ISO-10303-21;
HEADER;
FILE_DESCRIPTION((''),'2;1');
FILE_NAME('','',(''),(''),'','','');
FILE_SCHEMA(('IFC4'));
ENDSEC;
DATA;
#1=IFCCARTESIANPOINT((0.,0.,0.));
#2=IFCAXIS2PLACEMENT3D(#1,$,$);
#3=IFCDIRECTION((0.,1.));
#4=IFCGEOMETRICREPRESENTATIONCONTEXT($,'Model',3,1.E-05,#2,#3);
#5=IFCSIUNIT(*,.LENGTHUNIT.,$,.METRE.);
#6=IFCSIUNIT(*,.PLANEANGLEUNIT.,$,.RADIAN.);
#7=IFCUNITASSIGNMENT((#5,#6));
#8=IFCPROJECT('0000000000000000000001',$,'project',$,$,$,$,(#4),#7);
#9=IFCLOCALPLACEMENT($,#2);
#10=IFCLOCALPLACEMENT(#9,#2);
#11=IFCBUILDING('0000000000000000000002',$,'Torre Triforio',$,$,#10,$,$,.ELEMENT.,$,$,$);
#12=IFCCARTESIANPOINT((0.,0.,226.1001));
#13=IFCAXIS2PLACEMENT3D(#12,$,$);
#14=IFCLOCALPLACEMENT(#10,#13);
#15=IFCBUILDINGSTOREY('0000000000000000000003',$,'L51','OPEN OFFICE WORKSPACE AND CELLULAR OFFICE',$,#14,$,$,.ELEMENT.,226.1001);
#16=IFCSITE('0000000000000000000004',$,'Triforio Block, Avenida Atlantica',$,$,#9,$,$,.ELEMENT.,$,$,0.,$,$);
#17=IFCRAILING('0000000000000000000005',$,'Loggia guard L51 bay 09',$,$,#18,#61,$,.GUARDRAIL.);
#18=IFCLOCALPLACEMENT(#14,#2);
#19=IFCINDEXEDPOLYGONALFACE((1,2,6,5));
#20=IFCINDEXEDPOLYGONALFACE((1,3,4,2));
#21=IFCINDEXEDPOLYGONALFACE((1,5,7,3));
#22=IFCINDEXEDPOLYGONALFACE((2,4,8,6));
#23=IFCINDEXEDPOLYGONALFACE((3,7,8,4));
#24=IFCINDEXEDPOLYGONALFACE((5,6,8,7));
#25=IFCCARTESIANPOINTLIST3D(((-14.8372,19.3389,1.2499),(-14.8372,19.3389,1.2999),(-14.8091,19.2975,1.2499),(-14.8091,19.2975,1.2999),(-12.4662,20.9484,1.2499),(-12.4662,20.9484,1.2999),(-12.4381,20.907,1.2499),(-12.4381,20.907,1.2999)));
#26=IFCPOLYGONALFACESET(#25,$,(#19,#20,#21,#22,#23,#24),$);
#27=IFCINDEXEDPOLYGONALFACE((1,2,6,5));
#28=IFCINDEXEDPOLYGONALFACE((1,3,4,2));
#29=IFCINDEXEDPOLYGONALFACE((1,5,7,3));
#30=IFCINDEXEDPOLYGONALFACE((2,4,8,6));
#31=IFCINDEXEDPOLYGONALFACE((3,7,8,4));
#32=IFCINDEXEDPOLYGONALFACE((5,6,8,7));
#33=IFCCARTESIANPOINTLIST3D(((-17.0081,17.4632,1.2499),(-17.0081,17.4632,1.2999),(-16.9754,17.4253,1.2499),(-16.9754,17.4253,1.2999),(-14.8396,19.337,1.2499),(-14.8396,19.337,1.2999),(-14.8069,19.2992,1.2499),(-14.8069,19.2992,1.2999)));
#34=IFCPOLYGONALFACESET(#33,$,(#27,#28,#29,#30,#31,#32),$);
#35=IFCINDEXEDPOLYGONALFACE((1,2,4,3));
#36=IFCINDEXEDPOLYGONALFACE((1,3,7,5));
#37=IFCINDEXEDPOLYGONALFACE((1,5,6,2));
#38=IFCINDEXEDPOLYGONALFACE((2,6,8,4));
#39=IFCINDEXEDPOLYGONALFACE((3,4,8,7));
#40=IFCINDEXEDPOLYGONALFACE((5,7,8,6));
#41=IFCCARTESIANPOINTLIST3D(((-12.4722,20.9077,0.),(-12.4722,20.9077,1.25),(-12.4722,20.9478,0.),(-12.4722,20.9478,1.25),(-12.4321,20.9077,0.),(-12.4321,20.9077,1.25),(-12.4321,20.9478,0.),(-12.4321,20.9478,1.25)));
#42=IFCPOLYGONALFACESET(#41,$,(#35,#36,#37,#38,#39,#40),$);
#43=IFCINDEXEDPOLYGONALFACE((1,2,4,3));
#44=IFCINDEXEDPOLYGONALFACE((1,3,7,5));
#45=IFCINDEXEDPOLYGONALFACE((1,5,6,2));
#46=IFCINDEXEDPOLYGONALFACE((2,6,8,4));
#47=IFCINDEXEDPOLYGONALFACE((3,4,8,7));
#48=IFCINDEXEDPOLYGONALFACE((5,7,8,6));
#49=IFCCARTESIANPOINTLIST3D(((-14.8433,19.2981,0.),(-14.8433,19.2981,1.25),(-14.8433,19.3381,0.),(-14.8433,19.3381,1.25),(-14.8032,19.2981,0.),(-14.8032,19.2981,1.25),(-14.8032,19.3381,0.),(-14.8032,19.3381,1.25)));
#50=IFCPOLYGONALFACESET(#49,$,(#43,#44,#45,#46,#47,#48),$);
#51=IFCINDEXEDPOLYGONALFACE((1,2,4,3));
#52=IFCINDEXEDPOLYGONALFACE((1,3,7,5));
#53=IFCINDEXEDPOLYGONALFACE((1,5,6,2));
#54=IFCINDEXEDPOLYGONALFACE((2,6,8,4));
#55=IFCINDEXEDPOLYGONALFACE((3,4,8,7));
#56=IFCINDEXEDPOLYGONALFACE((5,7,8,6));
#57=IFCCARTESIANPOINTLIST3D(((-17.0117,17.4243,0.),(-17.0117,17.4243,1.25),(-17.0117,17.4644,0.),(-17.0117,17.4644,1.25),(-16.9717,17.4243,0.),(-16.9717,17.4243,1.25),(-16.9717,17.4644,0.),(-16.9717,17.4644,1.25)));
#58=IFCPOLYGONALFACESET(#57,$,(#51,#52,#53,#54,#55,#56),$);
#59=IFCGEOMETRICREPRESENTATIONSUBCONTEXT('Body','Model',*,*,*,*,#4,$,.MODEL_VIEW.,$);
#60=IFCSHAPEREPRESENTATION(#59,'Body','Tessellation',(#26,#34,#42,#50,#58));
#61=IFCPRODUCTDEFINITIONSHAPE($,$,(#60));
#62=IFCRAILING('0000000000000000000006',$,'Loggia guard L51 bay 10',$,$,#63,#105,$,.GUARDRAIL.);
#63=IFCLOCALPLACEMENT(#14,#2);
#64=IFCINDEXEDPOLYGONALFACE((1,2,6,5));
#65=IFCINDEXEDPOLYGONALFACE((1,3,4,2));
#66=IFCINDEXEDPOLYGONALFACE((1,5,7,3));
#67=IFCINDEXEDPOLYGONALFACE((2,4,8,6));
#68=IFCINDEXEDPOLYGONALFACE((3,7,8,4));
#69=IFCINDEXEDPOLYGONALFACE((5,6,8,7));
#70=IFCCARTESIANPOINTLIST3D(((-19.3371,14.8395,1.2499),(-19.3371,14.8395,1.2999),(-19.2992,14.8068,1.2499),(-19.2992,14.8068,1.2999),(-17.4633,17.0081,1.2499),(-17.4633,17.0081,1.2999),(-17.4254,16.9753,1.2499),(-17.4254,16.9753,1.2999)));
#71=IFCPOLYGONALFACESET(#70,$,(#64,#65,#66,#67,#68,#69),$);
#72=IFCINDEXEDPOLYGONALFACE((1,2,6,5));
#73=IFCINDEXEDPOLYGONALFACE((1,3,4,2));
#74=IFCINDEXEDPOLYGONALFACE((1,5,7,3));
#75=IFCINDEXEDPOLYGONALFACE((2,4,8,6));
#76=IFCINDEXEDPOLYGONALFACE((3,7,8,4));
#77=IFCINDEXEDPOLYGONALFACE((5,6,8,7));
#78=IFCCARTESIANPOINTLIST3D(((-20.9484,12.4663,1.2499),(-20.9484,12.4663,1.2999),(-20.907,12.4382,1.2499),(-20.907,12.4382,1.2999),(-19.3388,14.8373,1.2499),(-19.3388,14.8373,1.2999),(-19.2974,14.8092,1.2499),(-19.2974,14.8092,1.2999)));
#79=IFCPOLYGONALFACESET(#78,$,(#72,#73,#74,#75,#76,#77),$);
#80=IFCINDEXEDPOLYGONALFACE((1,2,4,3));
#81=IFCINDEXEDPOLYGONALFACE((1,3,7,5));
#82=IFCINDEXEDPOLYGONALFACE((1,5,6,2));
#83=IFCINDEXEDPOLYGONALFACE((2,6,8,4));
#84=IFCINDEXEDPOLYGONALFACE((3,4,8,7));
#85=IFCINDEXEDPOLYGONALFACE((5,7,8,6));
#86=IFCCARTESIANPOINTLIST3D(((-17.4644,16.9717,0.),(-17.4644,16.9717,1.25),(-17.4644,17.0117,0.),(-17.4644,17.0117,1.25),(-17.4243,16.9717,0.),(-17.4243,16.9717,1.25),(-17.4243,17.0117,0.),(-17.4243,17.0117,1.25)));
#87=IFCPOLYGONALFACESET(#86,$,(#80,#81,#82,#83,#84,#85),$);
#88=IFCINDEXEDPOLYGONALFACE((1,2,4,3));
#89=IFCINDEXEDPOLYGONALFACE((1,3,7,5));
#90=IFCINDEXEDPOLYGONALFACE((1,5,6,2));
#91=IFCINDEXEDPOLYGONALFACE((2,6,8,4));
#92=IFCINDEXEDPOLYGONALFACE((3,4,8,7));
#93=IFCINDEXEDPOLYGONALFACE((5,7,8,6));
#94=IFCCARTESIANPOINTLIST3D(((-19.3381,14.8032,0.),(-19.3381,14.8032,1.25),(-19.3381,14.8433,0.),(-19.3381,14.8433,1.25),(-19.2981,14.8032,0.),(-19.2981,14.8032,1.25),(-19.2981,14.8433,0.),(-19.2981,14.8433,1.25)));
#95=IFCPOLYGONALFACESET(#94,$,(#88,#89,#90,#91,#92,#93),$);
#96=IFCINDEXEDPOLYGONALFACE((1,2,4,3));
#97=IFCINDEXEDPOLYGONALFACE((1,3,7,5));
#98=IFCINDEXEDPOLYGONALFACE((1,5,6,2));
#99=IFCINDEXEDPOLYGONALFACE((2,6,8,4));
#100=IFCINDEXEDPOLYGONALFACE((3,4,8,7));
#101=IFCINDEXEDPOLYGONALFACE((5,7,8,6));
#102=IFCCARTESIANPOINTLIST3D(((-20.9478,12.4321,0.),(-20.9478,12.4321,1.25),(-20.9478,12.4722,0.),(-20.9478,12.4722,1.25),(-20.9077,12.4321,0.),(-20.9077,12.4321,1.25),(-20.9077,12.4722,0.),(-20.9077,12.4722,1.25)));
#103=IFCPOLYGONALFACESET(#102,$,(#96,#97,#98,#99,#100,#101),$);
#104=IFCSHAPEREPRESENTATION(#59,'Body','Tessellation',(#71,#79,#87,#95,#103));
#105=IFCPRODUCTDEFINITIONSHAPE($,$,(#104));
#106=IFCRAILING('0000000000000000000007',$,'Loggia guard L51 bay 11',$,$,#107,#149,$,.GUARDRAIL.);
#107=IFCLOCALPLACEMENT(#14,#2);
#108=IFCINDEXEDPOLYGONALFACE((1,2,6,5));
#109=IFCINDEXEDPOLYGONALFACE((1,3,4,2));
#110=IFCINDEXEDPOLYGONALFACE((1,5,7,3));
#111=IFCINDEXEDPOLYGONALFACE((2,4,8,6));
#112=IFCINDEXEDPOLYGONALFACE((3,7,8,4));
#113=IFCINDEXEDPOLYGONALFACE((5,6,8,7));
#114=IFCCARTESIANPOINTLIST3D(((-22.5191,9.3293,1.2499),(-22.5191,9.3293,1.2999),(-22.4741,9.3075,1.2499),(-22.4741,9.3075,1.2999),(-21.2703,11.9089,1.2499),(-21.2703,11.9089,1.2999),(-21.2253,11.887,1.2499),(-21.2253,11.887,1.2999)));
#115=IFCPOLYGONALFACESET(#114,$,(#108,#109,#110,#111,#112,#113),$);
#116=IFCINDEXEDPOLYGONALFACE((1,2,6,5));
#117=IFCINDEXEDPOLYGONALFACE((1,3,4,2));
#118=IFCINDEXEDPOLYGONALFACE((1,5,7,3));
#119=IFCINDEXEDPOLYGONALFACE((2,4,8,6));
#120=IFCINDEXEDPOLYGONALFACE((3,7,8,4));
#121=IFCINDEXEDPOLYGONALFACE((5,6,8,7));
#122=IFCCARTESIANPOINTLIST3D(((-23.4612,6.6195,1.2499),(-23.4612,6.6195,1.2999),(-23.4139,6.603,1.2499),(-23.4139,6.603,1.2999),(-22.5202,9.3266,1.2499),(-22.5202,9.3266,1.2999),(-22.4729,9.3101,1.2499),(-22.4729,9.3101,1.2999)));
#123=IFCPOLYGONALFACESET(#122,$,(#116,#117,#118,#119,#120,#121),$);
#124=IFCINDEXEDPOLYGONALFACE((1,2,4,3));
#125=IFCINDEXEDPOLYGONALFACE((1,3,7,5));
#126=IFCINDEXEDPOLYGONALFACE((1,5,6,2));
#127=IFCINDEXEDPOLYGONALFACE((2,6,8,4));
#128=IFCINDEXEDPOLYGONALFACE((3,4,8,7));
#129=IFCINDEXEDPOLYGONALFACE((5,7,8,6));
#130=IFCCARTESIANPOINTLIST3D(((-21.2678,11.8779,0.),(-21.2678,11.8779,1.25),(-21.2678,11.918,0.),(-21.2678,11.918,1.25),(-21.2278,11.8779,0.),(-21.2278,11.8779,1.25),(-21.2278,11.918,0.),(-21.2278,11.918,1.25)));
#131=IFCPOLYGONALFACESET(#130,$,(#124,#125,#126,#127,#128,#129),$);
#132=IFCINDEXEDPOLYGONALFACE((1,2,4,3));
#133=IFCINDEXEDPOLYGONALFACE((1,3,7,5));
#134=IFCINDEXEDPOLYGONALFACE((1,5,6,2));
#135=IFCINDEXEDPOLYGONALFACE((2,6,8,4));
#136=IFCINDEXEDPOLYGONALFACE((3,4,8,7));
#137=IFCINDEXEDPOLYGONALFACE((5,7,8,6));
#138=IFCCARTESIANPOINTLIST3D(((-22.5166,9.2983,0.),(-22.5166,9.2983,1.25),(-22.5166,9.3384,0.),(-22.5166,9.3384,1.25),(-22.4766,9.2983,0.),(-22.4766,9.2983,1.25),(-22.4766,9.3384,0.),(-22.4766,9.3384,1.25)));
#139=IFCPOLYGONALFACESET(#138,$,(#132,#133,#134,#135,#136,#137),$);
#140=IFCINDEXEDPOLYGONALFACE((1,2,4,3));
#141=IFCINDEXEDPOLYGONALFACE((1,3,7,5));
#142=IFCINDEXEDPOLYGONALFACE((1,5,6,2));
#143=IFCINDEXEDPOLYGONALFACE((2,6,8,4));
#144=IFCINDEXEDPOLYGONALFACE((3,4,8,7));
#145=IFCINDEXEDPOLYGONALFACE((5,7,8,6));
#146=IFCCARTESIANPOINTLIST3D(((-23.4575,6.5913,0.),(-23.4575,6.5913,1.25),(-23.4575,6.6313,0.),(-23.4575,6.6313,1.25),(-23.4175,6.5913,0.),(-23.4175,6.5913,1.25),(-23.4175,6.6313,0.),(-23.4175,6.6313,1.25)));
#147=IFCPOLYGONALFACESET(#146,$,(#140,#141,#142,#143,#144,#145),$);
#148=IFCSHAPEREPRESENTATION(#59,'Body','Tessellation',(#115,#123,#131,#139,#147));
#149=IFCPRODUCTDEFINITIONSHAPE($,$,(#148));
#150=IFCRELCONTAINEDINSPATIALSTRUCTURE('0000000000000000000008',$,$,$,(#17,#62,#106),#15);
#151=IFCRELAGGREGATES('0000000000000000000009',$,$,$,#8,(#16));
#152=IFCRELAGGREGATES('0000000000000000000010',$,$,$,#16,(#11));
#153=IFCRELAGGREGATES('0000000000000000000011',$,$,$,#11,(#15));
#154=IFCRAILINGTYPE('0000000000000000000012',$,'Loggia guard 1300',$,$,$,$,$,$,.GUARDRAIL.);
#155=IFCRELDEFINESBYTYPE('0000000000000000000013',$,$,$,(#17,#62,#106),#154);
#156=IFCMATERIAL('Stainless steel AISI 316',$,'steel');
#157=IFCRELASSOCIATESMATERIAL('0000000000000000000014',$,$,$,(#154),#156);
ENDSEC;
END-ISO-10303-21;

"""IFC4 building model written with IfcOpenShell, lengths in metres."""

from ifc_helpers import new_model, si_unit, direction, frame, origin, origin_2d, place, context, subcontext, project, spatial, rectangle, extrude, material, type_object, element, save


model = new_model("IFC4")

# Units and contexts
model_context = context("Model", 3, precision=1e-05, world=origin(), true_north=direction((0.0, 1.0)))
body_context = subcontext(model_context, "Body", "Model", "MODEL_VIEW")
ifc_project = project(units=[si_unit("LENGTHUNIT", "METRE"), si_unit("PLANEANGLEUNIT", "RADIAN")], contexts=[model_context])

# Site, building, storey
site_placement = place(None, origin())
site = spatial("IfcSite", under=ifc_project, at=site_placement, Name="Triforio Block, Avenida Atlantica", CompositionType="ELEMENT", RefElevation=0.0)
building_placement = place(site_placement, origin())
building = spatial("IfcBuilding", under=site, at=building_placement, Name="Torre Triforio", CompositionType="ELEMENT")
storey_placement = place(building_placement, frame((0.0, 0.0, 226.1001)))
storey = spatial("IfcBuildingStorey", under=building, at=storey_placement, Name="L51", Description="OPEN OFFICE WORKSPACE AND CELLULAR OFFICE", CompositionType="ELEMENT", Elevation=226.1001)

# Railings
ifc_material_1 = material(Name="Stainless steel AISI 316", Category="steel")
railing_type = type_object("IfcRailingType", Name="Loggia guard 1300", PredefinedType="GUARDRAIL", material=ifc_material_1)
railing_1_placement = place(storey_placement, frame((-12.4521, 20.9277, 0.0)))
element("IfcRailing", 1, at=railing_1_placement, inside=storey, type_object=railing_type, Name="Loggia guard L51 bay 09", PredefinedType="GUARDRAIL", context=body_context, shape_type="SweptSolid", body=[
    extrude(rectangle(XDim=0.05, YDim=0.05, at=origin_2d()), frame((0.0, 0.0, 1.2749), z_axis=(-0.827368, -0.56166, 0.0), x_axis=(0.56166, -0.827368, 0.0)), (0.0, 0.0, 1.0), 2.8657),
    extrude(rectangle(XDim=0.05, YDim=0.05, at=origin_2d()), frame((-2.3711, -1.6096, 1.2749), z_axis=(-0.756647, -0.653824, 0.0), x_axis=(0.653824, -0.756647, 0.0)), (0.0, 0.0, 1.0), 2.866),
    extrude(rectangle(XDim=0.04, YDim=0.04, at=origin_2d()), origin(), (0.0, 0.0, 1.0), 1.25),
    extrude(rectangle(XDim=0.04, YDim=0.04, at=origin_2d()), frame((-2.3711, -1.6096, 0.0)), (0.0, 0.0, 1.0), 1.25),
    extrude(rectangle(XDim=0.04, YDim=0.04, at=origin_2d()), frame((-4.5396, -3.4834, 0.0)), (0.0, 0.0, 1.0), 1.25),
])
railing_2_placement = place(storey_placement, frame((-17.4443, 16.9917, 0.0)))
element("IfcRailing", 2, at=railing_2_placement, inside=storey, type_object=railing_type, Name="Loggia guard L51 bay 10", PredefinedType="GUARDRAIL", context=body_context, shape_type="SweptSolid", body=[
    extrude(rectangle(XDim=0.05, YDim=0.05, at=origin_2d()), frame((0.0, 0.0, 1.2749), z_axis=(-0.653824, -0.756647, 0.0), x_axis=(0.756647, -0.653824, 0.0)), (0.0, 0.0, 1.0), 2.866),
    extrude(rectangle(XDim=0.05, YDim=0.05, at=origin_2d()), frame((-1.8738, -2.1685, 1.2749), z_axis=(-0.56166, -0.827368, 0.0), x_axis=(0.827368, -0.56166, 0.0)), (0.0, 0.0, 1.0), 2.8657),
    extrude(rectangle(XDim=0.04, YDim=0.04, at=origin_2d()), origin(), (0.0, 0.0, 1.0), 1.25),
    extrude(rectangle(XDim=0.04, YDim=0.04, at=origin_2d()), frame((-1.8738, -2.1685, 0.0)), (0.0, 0.0, 1.0), 1.25),
    extrude(rectangle(XDim=0.04, YDim=0.04, at=origin_2d()), frame((-3.4834, -4.5396, 0.0)), (0.0, 0.0, 1.0), 1.25),
])
railing_3_placement = place(storey_placement, frame((-21.2478, 11.8979, 0.0)))
element("IfcRailing", 3, at=railing_3_placement, inside=storey, type_object=railing_type, Name="Loggia guard L51 bay 11", PredefinedType="GUARDRAIL", context=body_context, shape_type="SweptSolid", body=[
    extrude(rectangle(XDim=0.05, YDim=0.05, at=origin_2d()), frame((0.0, 0.0, 1.2749), z_axis=(-0.435728, -0.900078, 0.0), x_axis=(0.900078, -0.435728, 0.0)), (0.0, 0.0, 1.0), 2.866),
    extrude(rectangle(XDim=0.05, YDim=0.05, at=origin_2d()), frame((-1.2488, -2.5796, 1.2749), z_axis=(-0.328316, -0.944568, 0.0), x_axis=(0.944568, -0.328316, 0.0)), (0.0, 0.0, 1.0), 2.866),
    extrude(rectangle(XDim=0.04, YDim=0.04, at=origin_2d()), origin(), (0.0, 0.0, 1.0), 1.25),
    extrude(rectangle(XDim=0.04, YDim=0.04, at=origin_2d()), frame((-1.2488, -2.5796, 0.0)), (0.0, 0.0, 1.0), 1.25),
    extrude(rectangle(XDim=0.04, YDim=0.04, at=origin_2d()), frame((-2.1897, -5.2866, 0.0)), (0.0, 0.0, 1.0), 1.25),
])

save(model, "model.ifc")
